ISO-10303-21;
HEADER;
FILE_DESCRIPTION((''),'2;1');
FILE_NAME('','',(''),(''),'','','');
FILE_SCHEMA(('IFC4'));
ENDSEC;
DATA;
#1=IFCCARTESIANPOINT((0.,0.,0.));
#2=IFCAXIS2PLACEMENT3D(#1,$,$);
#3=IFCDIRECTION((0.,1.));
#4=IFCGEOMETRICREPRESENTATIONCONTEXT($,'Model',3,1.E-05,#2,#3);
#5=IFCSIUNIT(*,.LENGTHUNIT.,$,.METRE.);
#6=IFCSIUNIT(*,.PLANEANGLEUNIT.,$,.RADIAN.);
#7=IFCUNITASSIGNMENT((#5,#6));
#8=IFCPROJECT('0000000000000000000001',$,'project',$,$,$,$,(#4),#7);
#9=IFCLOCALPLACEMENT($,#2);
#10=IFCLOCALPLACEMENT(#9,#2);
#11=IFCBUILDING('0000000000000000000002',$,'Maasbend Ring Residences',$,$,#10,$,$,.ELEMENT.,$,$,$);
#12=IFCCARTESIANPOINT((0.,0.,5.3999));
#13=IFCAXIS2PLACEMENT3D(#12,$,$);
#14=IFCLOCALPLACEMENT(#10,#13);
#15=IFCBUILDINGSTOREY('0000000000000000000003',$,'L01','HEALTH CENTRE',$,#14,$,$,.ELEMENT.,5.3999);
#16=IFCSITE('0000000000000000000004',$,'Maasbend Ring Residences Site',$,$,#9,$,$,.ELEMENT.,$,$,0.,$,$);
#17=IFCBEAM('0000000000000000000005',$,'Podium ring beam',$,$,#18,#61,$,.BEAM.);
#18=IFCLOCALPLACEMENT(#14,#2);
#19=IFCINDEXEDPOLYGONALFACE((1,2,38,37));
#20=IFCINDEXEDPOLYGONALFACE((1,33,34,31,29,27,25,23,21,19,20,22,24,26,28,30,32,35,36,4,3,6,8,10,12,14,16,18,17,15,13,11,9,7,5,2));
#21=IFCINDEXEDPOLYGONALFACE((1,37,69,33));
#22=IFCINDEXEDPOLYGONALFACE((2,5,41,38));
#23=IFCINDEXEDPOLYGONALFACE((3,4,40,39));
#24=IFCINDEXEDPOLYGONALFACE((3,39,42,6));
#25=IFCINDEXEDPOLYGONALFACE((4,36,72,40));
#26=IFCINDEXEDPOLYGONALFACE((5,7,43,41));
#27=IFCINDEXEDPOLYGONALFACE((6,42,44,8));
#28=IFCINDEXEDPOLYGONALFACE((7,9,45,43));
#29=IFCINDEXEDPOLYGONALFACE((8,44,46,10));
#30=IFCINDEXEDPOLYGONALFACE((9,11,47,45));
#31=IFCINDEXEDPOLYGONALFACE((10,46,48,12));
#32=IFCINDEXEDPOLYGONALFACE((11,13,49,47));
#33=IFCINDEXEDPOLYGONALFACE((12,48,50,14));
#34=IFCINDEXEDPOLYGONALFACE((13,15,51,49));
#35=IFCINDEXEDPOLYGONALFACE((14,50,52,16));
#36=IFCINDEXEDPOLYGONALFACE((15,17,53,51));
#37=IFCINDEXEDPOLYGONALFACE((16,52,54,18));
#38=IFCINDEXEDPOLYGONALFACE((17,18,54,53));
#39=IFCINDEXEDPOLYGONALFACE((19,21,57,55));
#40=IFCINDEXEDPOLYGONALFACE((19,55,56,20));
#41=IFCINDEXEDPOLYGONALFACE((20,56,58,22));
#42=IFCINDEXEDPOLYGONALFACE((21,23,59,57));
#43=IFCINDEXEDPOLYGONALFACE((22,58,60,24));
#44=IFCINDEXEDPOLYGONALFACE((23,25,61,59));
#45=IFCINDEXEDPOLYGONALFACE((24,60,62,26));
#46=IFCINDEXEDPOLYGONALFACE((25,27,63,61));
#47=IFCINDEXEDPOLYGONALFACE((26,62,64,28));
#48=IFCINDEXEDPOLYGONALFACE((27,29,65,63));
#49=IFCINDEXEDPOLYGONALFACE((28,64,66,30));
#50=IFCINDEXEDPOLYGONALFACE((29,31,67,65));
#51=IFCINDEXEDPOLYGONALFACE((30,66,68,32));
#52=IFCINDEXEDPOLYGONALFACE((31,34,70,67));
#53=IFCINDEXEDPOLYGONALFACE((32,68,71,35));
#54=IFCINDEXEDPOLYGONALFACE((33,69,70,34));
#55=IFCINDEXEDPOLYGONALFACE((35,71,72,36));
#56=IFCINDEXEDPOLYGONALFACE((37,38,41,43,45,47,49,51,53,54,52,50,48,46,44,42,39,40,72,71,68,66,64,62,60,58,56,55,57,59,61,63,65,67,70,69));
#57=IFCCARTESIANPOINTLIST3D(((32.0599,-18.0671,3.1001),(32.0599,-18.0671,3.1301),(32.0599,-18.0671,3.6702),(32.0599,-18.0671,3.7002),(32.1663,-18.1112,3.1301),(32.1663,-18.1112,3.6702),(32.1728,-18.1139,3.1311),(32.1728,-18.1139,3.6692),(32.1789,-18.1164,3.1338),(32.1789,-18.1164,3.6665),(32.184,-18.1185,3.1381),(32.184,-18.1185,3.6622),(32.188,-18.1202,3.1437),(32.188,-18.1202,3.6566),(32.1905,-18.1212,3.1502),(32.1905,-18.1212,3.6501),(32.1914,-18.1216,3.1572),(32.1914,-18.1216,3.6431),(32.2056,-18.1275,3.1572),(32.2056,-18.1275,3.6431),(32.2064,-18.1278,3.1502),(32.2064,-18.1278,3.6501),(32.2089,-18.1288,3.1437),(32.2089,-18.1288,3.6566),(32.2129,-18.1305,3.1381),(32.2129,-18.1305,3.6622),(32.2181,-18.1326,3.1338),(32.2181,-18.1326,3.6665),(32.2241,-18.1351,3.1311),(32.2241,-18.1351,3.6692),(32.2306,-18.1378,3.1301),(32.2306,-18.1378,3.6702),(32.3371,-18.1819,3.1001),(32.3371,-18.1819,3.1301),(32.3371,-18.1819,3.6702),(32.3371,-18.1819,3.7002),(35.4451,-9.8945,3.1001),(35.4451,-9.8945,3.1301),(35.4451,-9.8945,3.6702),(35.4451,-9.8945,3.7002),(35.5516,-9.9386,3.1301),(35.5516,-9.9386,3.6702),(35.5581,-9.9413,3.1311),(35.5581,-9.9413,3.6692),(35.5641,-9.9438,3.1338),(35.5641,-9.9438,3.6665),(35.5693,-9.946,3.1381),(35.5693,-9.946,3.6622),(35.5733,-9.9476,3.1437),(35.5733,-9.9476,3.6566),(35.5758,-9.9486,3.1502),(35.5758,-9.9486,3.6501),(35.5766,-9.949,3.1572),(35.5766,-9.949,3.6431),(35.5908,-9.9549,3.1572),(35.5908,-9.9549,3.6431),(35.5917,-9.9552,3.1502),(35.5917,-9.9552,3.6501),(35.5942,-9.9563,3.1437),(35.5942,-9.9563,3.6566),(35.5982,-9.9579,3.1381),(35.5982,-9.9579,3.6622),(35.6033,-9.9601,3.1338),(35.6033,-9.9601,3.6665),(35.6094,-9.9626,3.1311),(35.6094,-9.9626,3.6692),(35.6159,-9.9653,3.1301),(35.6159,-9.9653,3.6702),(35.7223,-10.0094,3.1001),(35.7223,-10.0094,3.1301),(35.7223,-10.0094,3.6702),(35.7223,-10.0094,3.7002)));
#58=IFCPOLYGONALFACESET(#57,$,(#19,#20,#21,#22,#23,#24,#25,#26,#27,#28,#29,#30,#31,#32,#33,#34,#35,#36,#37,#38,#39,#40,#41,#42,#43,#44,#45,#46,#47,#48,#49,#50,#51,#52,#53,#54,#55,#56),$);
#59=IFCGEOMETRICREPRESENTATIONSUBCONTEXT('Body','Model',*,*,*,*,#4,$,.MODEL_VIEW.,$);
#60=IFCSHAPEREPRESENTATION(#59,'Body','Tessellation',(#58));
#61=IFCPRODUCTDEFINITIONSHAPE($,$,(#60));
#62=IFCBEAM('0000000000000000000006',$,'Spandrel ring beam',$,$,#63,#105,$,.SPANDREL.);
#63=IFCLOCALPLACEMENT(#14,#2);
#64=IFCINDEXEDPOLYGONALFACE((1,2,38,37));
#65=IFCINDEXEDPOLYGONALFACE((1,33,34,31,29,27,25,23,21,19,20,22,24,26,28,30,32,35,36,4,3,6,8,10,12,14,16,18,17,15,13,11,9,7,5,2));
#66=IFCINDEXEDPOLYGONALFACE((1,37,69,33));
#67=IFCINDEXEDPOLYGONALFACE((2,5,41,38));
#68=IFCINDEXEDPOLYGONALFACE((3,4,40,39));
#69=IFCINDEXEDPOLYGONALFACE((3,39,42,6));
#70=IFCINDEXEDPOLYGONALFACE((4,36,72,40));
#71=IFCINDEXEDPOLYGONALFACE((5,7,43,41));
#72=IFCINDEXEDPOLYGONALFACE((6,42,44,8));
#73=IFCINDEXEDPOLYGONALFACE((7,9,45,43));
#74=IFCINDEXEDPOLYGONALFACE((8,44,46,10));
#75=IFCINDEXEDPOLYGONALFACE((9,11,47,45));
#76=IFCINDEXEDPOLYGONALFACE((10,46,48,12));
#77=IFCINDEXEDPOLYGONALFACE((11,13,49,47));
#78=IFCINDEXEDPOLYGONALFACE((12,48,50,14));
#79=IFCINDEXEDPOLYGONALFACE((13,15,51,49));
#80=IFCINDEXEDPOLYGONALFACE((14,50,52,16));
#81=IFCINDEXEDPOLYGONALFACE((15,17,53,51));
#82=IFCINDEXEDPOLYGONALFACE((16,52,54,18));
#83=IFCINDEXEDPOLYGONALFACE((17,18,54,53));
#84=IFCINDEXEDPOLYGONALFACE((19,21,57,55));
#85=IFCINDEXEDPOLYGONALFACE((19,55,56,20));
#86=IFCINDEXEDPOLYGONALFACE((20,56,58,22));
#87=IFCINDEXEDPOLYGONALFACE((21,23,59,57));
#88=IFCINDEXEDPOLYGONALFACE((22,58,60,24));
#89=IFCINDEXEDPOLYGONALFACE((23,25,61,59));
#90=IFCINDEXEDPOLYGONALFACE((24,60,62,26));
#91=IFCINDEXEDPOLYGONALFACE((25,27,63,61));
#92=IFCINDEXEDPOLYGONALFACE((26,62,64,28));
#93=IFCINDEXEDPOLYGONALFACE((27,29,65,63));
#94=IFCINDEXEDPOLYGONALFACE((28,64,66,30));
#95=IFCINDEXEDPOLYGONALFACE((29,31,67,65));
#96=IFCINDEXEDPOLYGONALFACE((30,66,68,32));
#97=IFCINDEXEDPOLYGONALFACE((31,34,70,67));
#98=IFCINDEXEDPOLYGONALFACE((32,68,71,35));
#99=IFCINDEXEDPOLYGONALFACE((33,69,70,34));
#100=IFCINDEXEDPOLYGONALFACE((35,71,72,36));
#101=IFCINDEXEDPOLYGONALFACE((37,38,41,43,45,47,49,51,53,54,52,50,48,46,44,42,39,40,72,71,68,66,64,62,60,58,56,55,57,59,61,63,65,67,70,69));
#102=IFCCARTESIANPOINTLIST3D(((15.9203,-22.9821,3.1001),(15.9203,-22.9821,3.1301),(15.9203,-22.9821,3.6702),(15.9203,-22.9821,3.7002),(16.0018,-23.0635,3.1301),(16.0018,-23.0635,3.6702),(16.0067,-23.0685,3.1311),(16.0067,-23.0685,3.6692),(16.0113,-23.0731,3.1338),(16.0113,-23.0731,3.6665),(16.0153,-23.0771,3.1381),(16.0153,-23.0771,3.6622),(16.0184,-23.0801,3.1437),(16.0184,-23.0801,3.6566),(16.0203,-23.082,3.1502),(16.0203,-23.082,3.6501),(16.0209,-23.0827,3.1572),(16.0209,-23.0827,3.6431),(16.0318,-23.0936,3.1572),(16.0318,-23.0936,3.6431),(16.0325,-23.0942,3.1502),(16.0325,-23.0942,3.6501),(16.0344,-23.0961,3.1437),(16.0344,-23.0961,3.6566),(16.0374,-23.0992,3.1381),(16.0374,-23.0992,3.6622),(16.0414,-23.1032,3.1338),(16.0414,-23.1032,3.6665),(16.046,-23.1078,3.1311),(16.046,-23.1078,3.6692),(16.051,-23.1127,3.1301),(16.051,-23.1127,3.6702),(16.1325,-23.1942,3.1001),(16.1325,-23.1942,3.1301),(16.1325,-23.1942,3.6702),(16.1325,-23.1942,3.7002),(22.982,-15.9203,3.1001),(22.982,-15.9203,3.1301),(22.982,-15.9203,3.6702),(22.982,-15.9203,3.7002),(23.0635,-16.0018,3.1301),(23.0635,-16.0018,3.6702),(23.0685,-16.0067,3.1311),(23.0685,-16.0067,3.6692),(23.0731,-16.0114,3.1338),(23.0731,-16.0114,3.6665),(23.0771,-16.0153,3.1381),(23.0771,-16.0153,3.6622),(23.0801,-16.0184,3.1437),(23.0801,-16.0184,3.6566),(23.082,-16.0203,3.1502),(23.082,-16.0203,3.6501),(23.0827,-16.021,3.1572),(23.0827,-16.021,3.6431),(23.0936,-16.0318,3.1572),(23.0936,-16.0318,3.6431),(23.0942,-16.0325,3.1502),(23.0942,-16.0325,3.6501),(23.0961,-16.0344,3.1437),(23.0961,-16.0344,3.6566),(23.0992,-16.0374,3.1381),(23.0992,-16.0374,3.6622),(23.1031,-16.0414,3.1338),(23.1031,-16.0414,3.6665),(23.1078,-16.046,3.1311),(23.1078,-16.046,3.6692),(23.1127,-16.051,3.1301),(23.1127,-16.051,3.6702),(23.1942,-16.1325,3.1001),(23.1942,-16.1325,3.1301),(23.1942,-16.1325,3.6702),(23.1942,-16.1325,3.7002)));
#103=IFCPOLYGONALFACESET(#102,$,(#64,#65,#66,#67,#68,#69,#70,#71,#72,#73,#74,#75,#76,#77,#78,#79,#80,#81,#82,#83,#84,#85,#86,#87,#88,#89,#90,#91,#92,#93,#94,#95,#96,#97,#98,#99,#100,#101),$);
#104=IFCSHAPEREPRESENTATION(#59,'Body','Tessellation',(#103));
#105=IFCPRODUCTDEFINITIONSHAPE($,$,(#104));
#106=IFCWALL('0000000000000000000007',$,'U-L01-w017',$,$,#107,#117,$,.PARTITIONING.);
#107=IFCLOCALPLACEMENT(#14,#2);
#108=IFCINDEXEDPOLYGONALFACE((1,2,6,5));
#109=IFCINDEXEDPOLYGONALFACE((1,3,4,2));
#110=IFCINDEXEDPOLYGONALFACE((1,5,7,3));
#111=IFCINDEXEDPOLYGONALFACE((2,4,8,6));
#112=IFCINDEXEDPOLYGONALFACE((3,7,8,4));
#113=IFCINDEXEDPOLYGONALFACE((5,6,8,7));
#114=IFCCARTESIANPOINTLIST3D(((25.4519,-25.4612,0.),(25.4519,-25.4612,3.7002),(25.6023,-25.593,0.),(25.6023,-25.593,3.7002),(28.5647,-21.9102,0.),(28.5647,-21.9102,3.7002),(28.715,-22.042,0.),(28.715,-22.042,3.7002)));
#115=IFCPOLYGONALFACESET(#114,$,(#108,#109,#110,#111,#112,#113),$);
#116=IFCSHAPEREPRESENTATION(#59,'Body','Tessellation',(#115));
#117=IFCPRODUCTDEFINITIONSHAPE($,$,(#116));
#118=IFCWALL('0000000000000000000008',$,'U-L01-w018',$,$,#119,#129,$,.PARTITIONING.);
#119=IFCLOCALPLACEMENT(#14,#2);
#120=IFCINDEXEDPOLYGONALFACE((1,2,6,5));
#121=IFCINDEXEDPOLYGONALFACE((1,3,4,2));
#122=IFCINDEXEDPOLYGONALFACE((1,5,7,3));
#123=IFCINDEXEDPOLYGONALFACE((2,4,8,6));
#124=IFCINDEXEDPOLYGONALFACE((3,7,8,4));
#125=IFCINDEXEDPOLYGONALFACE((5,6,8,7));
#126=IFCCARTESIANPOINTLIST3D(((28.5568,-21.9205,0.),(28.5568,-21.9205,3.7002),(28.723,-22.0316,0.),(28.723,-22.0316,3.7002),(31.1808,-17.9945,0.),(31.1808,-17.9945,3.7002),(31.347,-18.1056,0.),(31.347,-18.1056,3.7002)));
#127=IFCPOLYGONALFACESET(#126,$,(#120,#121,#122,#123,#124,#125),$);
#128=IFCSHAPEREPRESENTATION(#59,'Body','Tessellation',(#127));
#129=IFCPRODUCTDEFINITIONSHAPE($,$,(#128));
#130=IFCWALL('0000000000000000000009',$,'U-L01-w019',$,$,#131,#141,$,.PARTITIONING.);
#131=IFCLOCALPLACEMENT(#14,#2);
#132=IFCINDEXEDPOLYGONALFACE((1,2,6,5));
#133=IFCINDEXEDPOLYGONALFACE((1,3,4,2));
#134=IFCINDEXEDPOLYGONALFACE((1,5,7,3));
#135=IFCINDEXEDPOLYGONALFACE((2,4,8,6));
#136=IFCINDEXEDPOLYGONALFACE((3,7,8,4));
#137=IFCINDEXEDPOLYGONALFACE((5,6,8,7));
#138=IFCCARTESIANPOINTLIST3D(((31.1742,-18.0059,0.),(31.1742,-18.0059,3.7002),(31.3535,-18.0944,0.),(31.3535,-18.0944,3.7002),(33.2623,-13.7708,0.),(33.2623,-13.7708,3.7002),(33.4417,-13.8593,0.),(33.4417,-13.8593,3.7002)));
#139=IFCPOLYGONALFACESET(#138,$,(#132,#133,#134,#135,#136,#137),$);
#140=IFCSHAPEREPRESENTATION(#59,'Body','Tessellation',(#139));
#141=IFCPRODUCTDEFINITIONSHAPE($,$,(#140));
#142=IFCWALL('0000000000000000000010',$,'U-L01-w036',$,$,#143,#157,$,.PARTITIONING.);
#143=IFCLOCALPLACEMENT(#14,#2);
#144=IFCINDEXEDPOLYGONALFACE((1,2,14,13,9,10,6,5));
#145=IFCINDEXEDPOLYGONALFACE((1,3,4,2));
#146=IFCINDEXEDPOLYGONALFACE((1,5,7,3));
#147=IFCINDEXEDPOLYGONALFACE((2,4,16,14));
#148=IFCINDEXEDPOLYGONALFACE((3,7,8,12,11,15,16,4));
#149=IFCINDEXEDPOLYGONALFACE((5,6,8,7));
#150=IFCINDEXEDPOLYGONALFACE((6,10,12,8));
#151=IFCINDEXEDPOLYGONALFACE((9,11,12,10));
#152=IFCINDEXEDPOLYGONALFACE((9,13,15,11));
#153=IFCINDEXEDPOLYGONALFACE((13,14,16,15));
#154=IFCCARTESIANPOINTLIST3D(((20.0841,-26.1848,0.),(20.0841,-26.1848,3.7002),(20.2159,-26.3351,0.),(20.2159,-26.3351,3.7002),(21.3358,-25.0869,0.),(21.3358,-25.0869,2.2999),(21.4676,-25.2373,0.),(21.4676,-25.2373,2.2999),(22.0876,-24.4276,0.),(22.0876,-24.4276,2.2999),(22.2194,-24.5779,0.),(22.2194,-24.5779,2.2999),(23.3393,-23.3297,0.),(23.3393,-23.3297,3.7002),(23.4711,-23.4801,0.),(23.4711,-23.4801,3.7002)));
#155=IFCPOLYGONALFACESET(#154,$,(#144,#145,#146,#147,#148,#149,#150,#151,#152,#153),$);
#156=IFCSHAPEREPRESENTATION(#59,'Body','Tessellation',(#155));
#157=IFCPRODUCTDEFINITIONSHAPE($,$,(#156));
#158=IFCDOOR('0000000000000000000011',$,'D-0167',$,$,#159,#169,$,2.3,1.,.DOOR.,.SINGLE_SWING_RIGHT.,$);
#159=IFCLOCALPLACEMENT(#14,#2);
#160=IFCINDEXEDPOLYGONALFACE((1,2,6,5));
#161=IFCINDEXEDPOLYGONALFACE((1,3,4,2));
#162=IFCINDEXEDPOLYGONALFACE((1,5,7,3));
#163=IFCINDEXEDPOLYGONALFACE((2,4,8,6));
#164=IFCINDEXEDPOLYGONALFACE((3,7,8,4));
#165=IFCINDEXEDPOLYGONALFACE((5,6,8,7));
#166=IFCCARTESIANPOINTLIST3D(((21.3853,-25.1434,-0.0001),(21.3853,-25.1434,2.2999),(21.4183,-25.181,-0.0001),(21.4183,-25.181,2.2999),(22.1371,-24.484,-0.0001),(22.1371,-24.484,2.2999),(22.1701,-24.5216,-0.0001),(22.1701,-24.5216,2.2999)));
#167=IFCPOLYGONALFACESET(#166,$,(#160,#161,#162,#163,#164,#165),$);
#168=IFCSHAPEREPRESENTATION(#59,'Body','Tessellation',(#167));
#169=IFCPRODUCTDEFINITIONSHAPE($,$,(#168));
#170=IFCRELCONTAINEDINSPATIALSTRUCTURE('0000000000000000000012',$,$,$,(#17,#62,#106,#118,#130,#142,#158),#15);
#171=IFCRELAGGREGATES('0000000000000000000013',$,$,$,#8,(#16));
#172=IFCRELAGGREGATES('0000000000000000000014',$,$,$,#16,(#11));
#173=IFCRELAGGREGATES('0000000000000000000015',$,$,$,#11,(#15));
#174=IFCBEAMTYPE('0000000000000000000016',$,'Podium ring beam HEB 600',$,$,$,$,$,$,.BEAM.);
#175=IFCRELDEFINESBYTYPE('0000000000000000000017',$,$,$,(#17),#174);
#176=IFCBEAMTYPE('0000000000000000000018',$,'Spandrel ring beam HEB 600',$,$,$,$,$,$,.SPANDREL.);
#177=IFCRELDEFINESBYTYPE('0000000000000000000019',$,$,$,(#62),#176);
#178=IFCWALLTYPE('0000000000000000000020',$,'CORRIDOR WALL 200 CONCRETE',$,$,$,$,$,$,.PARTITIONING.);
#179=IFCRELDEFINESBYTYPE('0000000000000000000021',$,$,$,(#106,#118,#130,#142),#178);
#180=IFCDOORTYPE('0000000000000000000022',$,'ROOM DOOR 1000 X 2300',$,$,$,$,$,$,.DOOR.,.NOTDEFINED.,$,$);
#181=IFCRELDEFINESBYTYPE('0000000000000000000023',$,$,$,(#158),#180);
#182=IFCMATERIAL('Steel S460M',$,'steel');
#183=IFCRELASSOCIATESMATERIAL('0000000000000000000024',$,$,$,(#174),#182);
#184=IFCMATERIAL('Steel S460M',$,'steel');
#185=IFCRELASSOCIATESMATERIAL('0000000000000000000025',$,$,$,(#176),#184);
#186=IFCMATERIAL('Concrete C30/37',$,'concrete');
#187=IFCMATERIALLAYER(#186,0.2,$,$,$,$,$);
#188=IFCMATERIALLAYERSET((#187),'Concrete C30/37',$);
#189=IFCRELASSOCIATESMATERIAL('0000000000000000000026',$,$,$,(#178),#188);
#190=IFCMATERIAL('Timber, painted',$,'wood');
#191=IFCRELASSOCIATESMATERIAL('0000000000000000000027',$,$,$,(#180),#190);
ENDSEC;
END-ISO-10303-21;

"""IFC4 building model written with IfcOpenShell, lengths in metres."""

from ifc_helpers import new_model, si_unit, direction, frame, frame_2d, origin, origin_2d, place, context, subcontext, project, spatial, rectangle, i_section, extrude, material, layer, layer_set, material_profile, profile_set, type_object, element, fill, save


model = new_model("IFC4")

# Units and contexts
model_context = context("Model", 3, precision=1e-05, world=origin(), true_north=direction((0.0, 1.0)))
body_context = subcontext(model_context, "Body", "Model", "MODEL_VIEW")
ifc_project = project(units=[si_unit("LENGTHUNIT", "METRE"), si_unit("PLANEANGLEUNIT", "RADIAN")], contexts=[model_context])

# Site, building, storey
site_placement = place(None, origin())
site = spatial("IfcSite", under=ifc_project, at=site_placement, Name="Maasbend Ring Residences Site", CompositionType="ELEMENT", RefElevation=0.0)
building_placement = place(site_placement, origin())
building = spatial("IfcBuilding", under=site, at=building_placement, Name="Maasbend Ring Residences", CompositionType="ELEMENT")
storey_placement = place(building_placement, frame((0.0, 0.0, 5.3999)))
storey = spatial("IfcBuildingStorey", under=building, at=storey_placement, Name="L01", Description="HEALTH CENTRE", CompositionType="ELEMENT", Elevation=5.3999)

# Beams
ifc_material_1 = material(Name="Steel S460M", Category="steel")
ifc_material_profile_1 = material_profile(ifc_material_1, i_section(OverallWidth=0.3, OverallDepth=0.6001, WebThickness=0.0154, FlangeThickness=0.03, FilletRadius=0.0271, at=origin_2d()), Name="HEB 600")
ifc_profile_set_1 = profile_set([ifc_material_profile_1], Name="Steel S460M")
beam_type_1 = type_object("IfcBeamType", Name="Podium ring beam HEB 600", PredefinedType="BEAM", material=ifc_profile_set_1)
for number, where, z_axis, x_axis, name in (
    (1, (32.1985, -18.1245, 3.4001), (0.382688, 0.923878, 0.0), (-0.923878, 0.382688, 0.0), "Podium ring beam"),
):
    element("IfcBeam", number, at=place(storey_placement, frame(where, z_axis=z_axis, x_axis=x_axis)), inside=storey, type_object=beam_type_1, Name=name, PredefinedType="BEAM", context=body_context, shape_type="SweptSolid", body=[
        extrude(i_section(OverallWidth=0.3, OverallDepth=0.6001, WebThickness=0.0154, FlangeThickness=0.03, FilletRadius=0.0271, at=origin_2d()), origin(), (0.0, 0.0, 1.0), 8.8459),
    ])
ifc_material_2 = material(Name="Steel S460M", Category="steel")
ifc_material_profile_2 = material_profile(ifc_material_2, i_section(OverallWidth=0.3, OverallDepth=0.6001, WebThickness=0.0154, FlangeThickness=0.03, FilletRadius=0.0271, at=origin_2d()), Name="HEB 600")
ifc_profile_set_2 = profile_set([ifc_material_profile_2], Name="Steel S460M")
beam_type_2 = type_object("IfcBeamType", Name="Spandrel ring beam HEB 600", PredefinedType="SPANDREL", material=ifc_profile_set_2)
beam_1_placement = place(storey_placement, frame((16.0264, -23.0881, 3.4001), z_axis=(0.707107, 0.707107, 0.0), x_axis=(-0.707107, 0.707107, 0.0)))
element("IfcBeam", 2, at=beam_1_placement, inside=storey, type_object=beam_type_2, Name="Spandrel ring beam", PredefinedType="SPANDREL", context=body_context, shape_type="SweptSolid", body=[
    extrude(i_section(OverallWidth=0.3, OverallDepth=0.6001, WebThickness=0.0154, FlangeThickness=0.03, FilletRadius=0.0271, at=origin_2d()), origin(), (0.0, 0.0, 1.0), 9.9868),
])

# Walls
ifc_material_3 = material(Name="Concrete C30/37", Category="concrete")
ifc_layer_1 = layer(ifc_material_3, 0.2)
ifc_layer_set_1 = layer_set([ifc_layer_1], Name="Concrete C30/37")
wall_type_1 = type_object("IfcWallType", Name="CORRIDOR WALL 200 CONCRETE", PredefinedType="PARTITIONING", material=ifc_layer_set_1)
for number, where, z_axis, x_axis, name in (
    (3, (25.5271, -25.5271, 0.0), (0.0, 0.0, 1.0), (0.659181, 0.751984, 0.0), "U-L01-w017"),
    (4, (28.6399, -21.9761, 0.0), (0.0, 0.0, 1.0), (0.555678, 0.831397, 0.0), "U-L01-w018"),
):
    element("IfcWall", number, at=place(storey_placement, frame(where, z_axis=z_axis, x_axis=x_axis)), inside=storey, type_object=wall_type_1, Name=name, PredefinedType="PARTITIONING", context=body_context, shape_type="SweptSolid", body=[
        extrude(rectangle(XDim=4.7222, YDim=0.2, at=frame_2d((2.3611, 0.0))), origin(), (0.0, 0.0, 1.0), 3.7002),
    ])
wall_1_placement = place(storey_placement, frame((31.2639, -18.05, 0.0), z_axis=(0.0, 0.0, 1.0), x_axis=(0.442222, 0.896905, 0.0)))
element("IfcWall", 5, at=wall_1_placement, inside=storey, type_object=wall_type_1, Name="U-L01-w019", PredefinedType="PARTITIONING", context=body_context, shape_type="SweptSolid", body=[
    extrude(rectangle(XDim=4.7219, YDim=0.2, at=frame_2d((2.3608, 0.0))), origin(), (0.0, 0.0, 1.0), 3.7002),
])

# Wall, opening, door
wall_2_placement = place(storey_placement, frame((20.1499, -26.26, 0.0), z_axis=(0.0, 0.0, 1.0), x_axis=(0.751804, 0.659386, 0.0)))
wall_2 = element("IfcWall", 6, at=wall_2_placement, inside=storey, type_object=wall_type_1, Name="U-L01-w036", PredefinedType="PARTITIONING", context=body_context, shape_type="SweptSolid", body=[
    extrude(rectangle(XDim=4.3298, YDim=0.2, at=frame_2d((2.165, 0.0))), origin(), (0.0, 0.0, 1.0), 3.7002),
])
opening_1_placement = place(wall_2_placement, frame((1.665, 0.0, 0.0)))
opening_1 = element("IfcOpeningElement", 7, at=opening_1_placement, cuts=wall_2, PredefinedType="OPENING", context=body_context, shape_type="SweptSolid", body=[
    extrude(rectangle(XDim=1.0, YDim=2.3, at=frame_2d((0.5, 1.1499))), frame((0.0, 0.1099, 0.0), z_axis=(0.0, -1.0, 0.0), x_axis=(1.0, 0.0, 0.0)), (0.0, 0.0, 1.0), 0.22),
])
ifc_material_4 = material(Name="Timber, painted", Category="wood")
door_type_1 = type_object("IfcDoorType", Name="ROOM DOOR 1000 X 2300", OperationType="NOTDEFINED", PredefinedType="DOOR", material=ifc_material_4)
door_1_placement = place(opening_1_placement, origin())
door_1 = element("IfcDoor", 8, at=door_1_placement, inside=storey, type_object=door_type_1, Name="D-0167", OperationType="SINGLE_SWING_RIGHT", OverallHeight=2.3, OverallWidth=1.0, PredefinedType="DOOR", context=body_context, shape_type="SweptSolid", body=[
    extrude(rectangle(XDim=1.0, YDim=2.3, at=frame_2d((0.5, 1.1499))), frame((0.0, 0.0249, 0.0), z_axis=(0.0, -1.0, 0.0), x_axis=(1.0, 0.0, 0.0)), (0.0, 0.0, 1.0), 0.05),
])
fill(opening_1, door_1)

save(model, "model.ifc")
